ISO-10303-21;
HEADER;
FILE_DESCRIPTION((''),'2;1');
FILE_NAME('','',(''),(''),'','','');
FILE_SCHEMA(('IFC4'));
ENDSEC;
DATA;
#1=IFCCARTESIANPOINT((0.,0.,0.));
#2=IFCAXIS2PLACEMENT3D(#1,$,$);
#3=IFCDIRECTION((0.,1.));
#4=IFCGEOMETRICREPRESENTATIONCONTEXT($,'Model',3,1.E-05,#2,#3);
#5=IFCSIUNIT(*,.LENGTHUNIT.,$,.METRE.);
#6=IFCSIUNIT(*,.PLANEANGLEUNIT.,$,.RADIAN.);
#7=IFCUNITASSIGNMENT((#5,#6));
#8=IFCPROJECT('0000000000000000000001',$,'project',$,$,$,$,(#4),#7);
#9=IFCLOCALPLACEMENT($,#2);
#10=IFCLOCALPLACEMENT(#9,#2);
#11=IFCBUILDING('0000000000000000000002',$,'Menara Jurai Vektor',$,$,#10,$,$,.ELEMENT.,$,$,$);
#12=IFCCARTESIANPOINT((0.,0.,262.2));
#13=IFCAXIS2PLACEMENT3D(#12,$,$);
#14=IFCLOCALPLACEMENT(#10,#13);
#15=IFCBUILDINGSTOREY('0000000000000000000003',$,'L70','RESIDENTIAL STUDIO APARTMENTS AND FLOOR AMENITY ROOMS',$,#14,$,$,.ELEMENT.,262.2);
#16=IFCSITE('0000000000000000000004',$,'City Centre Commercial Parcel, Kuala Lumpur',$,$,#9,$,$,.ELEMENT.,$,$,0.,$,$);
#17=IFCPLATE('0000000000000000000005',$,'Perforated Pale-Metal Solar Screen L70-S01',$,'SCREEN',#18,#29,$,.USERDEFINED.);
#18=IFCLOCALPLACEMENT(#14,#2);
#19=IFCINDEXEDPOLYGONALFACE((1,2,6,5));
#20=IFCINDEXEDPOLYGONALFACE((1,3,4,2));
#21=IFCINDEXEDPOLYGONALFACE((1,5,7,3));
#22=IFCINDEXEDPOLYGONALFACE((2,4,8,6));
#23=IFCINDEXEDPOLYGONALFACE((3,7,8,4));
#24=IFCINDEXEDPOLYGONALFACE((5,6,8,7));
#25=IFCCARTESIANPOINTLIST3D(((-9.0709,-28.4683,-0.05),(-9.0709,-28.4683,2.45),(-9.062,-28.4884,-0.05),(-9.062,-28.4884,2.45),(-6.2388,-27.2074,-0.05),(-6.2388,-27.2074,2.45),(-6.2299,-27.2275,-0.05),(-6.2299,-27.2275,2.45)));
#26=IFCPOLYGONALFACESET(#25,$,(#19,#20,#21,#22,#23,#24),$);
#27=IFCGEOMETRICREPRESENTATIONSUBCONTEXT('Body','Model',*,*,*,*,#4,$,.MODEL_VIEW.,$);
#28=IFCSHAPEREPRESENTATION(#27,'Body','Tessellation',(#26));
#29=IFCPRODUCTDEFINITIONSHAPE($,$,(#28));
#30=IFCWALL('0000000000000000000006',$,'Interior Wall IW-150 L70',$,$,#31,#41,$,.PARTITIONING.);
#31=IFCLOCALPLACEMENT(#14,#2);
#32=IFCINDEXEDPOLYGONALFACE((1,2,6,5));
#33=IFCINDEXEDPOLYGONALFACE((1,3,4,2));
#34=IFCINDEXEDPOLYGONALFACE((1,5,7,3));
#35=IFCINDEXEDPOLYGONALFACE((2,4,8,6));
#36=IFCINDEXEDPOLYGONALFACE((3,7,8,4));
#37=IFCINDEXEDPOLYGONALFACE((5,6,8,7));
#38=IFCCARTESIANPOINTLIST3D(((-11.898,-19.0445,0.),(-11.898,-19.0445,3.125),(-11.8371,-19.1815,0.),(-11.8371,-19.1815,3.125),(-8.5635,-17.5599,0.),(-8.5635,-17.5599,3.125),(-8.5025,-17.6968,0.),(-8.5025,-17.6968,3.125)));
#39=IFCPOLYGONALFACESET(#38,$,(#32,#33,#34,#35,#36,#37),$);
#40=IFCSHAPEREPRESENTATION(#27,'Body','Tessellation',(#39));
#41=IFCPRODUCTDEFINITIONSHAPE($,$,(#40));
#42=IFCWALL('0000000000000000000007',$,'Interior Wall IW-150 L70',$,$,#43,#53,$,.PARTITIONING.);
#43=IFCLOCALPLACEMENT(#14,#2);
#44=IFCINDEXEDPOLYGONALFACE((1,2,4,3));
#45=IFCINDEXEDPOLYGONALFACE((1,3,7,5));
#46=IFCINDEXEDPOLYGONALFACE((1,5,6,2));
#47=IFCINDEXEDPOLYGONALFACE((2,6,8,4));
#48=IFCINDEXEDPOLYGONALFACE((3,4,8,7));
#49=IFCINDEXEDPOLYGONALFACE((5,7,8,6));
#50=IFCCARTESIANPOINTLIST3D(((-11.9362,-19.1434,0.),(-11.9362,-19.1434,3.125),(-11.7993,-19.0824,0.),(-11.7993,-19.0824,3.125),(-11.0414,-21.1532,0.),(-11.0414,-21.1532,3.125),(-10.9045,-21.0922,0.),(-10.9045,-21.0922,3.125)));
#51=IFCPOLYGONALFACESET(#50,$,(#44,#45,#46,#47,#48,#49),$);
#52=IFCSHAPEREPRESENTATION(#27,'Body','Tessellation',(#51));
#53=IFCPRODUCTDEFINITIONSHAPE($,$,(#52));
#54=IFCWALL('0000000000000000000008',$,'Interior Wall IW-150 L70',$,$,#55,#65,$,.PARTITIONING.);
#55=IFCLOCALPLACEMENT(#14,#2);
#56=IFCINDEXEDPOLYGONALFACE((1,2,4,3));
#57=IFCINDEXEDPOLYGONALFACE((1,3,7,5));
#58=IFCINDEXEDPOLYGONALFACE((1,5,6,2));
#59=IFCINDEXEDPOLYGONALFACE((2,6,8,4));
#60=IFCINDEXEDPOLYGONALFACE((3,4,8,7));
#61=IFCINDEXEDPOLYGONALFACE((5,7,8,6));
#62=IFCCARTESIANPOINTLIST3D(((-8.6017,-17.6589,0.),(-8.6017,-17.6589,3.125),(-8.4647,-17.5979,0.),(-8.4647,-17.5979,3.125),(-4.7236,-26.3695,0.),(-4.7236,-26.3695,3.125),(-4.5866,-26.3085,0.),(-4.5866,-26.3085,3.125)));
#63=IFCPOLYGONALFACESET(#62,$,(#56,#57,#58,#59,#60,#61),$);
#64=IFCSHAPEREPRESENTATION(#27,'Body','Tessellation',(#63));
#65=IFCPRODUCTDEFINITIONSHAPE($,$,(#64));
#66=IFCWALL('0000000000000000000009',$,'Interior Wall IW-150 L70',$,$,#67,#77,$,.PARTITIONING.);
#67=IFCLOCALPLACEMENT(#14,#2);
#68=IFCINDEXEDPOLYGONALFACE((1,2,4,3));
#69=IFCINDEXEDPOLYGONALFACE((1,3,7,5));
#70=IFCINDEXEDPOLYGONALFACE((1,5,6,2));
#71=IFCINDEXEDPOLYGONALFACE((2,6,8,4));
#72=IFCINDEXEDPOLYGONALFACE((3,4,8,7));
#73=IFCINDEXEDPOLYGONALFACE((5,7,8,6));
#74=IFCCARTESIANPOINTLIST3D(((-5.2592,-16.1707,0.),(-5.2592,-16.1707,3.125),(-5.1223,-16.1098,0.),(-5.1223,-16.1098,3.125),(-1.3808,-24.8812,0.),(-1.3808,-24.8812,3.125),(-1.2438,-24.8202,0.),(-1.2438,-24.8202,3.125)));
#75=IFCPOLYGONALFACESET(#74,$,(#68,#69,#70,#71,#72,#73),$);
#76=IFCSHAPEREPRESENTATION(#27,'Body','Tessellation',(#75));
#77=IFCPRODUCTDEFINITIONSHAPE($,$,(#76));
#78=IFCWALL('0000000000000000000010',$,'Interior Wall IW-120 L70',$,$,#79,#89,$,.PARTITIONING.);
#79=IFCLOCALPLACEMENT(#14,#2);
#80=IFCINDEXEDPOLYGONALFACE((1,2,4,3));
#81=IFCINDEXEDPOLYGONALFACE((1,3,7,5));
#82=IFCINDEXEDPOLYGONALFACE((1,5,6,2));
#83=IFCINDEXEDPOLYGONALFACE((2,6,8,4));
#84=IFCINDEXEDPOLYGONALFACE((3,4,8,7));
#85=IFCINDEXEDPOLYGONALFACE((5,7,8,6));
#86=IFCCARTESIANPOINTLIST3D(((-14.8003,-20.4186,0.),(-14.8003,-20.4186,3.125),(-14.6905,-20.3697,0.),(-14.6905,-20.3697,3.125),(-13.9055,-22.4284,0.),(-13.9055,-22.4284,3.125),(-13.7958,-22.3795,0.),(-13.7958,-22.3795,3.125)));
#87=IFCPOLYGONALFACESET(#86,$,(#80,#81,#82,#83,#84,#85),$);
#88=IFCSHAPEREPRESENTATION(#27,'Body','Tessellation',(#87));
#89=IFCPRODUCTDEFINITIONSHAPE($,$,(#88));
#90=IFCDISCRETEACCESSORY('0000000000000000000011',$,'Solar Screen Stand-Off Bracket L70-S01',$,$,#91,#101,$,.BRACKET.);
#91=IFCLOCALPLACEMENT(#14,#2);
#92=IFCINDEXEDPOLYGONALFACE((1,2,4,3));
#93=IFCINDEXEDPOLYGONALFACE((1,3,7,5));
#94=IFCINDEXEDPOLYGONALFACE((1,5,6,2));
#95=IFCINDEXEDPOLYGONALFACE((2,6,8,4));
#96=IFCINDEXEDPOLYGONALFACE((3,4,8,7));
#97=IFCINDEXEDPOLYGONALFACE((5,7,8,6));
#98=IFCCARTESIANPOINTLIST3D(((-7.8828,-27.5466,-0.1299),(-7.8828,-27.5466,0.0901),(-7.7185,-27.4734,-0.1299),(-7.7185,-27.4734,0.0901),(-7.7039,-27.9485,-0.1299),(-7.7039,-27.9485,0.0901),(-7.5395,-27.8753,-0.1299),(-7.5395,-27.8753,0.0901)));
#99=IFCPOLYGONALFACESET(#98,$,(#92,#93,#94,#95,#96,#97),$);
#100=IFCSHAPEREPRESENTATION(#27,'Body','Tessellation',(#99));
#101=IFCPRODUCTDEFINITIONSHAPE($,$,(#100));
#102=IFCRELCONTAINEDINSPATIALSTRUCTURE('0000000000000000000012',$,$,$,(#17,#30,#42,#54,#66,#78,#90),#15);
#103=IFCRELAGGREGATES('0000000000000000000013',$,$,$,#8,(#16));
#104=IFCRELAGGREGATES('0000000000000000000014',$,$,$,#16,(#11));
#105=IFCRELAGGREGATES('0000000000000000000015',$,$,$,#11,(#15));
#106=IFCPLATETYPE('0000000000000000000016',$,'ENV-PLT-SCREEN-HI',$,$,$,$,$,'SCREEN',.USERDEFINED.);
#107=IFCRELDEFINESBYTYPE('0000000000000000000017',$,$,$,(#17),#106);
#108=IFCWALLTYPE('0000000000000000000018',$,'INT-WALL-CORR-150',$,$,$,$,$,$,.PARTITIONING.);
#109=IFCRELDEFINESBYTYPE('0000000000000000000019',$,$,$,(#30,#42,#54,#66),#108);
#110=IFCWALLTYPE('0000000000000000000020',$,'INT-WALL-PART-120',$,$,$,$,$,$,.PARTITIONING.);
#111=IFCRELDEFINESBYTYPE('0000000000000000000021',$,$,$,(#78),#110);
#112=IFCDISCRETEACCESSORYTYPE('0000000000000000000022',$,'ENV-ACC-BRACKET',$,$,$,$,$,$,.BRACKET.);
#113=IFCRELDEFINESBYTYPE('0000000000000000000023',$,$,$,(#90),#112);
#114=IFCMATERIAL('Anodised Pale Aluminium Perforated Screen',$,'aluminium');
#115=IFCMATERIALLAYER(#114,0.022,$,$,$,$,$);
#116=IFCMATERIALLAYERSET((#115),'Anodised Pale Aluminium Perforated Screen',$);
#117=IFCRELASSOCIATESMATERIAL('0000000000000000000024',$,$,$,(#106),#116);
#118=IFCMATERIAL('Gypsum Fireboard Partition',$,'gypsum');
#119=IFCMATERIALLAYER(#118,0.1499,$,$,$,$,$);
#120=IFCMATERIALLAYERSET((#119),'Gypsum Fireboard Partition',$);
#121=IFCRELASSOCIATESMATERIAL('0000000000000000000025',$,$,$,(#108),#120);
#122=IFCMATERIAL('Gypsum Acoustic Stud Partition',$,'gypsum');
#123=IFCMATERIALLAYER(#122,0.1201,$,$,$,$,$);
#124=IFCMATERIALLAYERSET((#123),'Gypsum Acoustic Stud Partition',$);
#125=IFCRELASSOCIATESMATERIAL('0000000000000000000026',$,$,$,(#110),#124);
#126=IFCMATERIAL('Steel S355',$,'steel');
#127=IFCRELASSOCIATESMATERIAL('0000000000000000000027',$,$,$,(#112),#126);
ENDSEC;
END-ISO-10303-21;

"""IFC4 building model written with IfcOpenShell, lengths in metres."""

from ifc_helpers import new_model, si_unit, direction, frame, frame_2d, origin, origin_2d, place, context, subcontext, project, spatial, rectangle, extrude, material, layer, layer_set, type_object, element, save


model = new_model("IFC4")

# Units and contexts
model_context = context("Model", 3, precision=1e-05, world=origin(), true_north=direction((0.0, 1.0)))
body_context = subcontext(model_context, "Body", "Model", "MODEL_VIEW")
ifc_project = project(units=[si_unit("LENGTHUNIT", "METRE"), si_unit("PLANEANGLEUNIT", "RADIAN")], contexts=[model_context])

# Site, building, storey
site_placement = place(None, origin())
site = spatial("IfcSite", under=ifc_project, at=site_placement, Name="City Centre Commercial Parcel, Kuala Lumpur", CompositionType="ELEMENT", RefElevation=0.0)
building_placement = place(site_placement, origin())
building = spatial("IfcBuilding", under=site, at=building_placement, Name="Menara Jurai Vektor", CompositionType="ELEMENT")
storey_placement = place(building_placement, frame((0.0, 0.0, 262.2)))
storey = spatial("IfcBuildingStorey", under=building, at=storey_placement, Name="L70", Description="RESIDENTIAL STUDIO APARTMENTS AND FLOOR AMENITY ROOMS", CompositionType="ELEMENT", Elevation=262.2)

# Shared definitions
ifc_material_1 = material(Name="Steel S355", Category="steel")

# Plate
ifc_material_2 = material(Name="Anodised Pale Aluminium Perforated Screen", Category="aluminium")
ifc_layer_1 = layer(ifc_material_2, 0.022)
ifc_layer_set_1 = layer_set([ifc_layer_1], Name="Anodised Pale Aluminium Perforated Screen")
plate_type_1 = type_object("IfcPlateType", Name="ENV-PLT-SCREEN-HI", ElementType="SCREEN", PredefinedType="USERDEFINED", material=ifc_layer_set_1)
plate_1_placement = place(storey_placement, frame((-7.6504, -27.8479, -0.05), z_axis=(0.0, 0.0, 1.0), x_axis=(0.913545, 0.406737, 0.0)))
element("IfcPlate", 1, at=plate_1_placement, inside=storey, type_object=plate_type_1, Name="Perforated Pale-Metal Solar Screen L70-S01", ObjectType="SCREEN", PredefinedType="USERDEFINED", context=body_context, shape_type="SweptSolid", body=[
    extrude(rectangle(XDim=3.1001, YDim=0.022, at=origin_2d()), origin(), (0.0, 0.0, 1.0), 2.5),
])

# Walls
ifc_material_3 = material(Name="Gypsum Fireboard Partition", Category="gypsum")
ifc_layer_2 = layer(ifc_material_3, 0.1499)
ifc_layer_set_2 = layer_set([ifc_layer_2], Name="Gypsum Fireboard Partition")
wall_type_1 = type_object("IfcWallType", Name="INT-WALL-CORR-150", PredefinedType="PARTITIONING", material=ifc_layer_set_2)
wall_1_placement = place(storey_placement, frame((-11.8677, -19.113, 0.0), z_axis=(0.0, 0.0, 1.0), x_axis=(0.913544, 0.40674, 0.0)))
element("IfcWall", 2, at=wall_1_placement, inside=storey, type_object=wall_type_1, Name="Interior Wall IW-150 L70", PredefinedType="PARTITIONING", context=body_context, shape_type="SweptSolid", body=[
    extrude(rectangle(XDim=3.6501, YDim=0.1499, at=frame_2d((1.8252, 0.0))), origin(), (0.0, 0.0, 1.0), 3.125),
])
wall_2_placement = place(storey_placement, frame((-10.9729, -21.1228, 0.0), z_axis=(0.0, 0.0, 1.0), x_axis=(-0.406725, 0.913551, 0.0)))
element("IfcWall", 3, at=wall_2_placement, inside=storey, type_object=wall_type_1, Name="Interior Wall IW-150 L70", PredefinedType="PARTITIONING", context=body_context, shape_type="SweptSolid", body=[
    extrude(rectangle(XDim=2.2, YDim=0.1499, at=frame_2d((1.1001, 0.0))), origin(), (0.0, 0.0, 1.0), 3.125),
])
for number, where, z_axis, x_axis, name in (
    (4, (-4.655, -26.3391, 0.0), (0.0, 0.0, 1.0), (-0.40673, 0.913548, 0.0), "Interior Wall IW-150 L70"),
    (5, (-1.3123, -24.8508, 0.0), (0.0, 0.0, 1.0), (-0.406761, 0.913535, 0.0), "Interior Wall IW-150 L70"),
):
    element("IfcWall", number, at=place(storey_placement, frame(where, z_axis=z_axis, x_axis=x_axis)), inside=storey, type_object=wall_type_1, Name=name, PredefinedType="PARTITIONING", context=body_context, shape_type="SweptSolid", body=[
        extrude(rectangle(XDim=9.5349, YDim=0.1499, at=frame_2d((4.7676, 0.0))), origin(), (0.0, 0.0, 1.0), 3.125),
    ])
ifc_material_4 = material(Name="Gypsum Acoustic Stud Partition", Category="gypsum")
ifc_layer_3 = layer(ifc_material_4, 0.1201)
ifc_layer_set_3 = layer_set([ifc_layer_3], Name="Gypsum Acoustic Stud Partition")
wall_type_2 = type_object("IfcWallType", Name="INT-WALL-PART-120", PredefinedType="PARTITIONING", material=ifc_layer_set_3)
wall_3_placement = place(storey_placement, frame((-13.8506, -22.4041, 0.0), z_axis=(0.0, 0.0, 1.0), x_axis=(-0.406725, 0.913551, 0.0)))
element("IfcWall", 6, at=wall_3_placement, inside=storey, type_object=wall_type_2, Name="Interior Wall IW-120 L70", PredefinedType="PARTITIONING", context=body_context, shape_type="SweptSolid", body=[
    extrude(rectangle(XDim=2.2, YDim=0.1201, at=frame_2d((1.1001, 0.0))), origin(), (0.0, 0.0, 1.0), 3.125),
])

# Discrete accessory
discrete_accessory_type = type_object("IfcDiscreteAccessoryType", Name="ENV-ACC-BRACKET", PredefinedType="BRACKET", material=ifc_material_1)
discrete_accessory_placement = place(storey_placement, frame((-7.7112, -27.7109, -0.1299), z_axis=(0.0, 0.0, 1.0), x_axis=(0.913545, 0.406737, 0.0)))
element("IfcDiscreteAccessory", 7, at=discrete_accessory_placement, inside=storey, type_object=discrete_accessory_type, Name="Solar Screen Stand-Off Bracket L70-S01", PredefinedType="BRACKET", context=body_context, shape_type="SweptSolid", body=[
    extrude(rectangle(XDim=0.1799, YDim=0.4399, at=origin_2d()), origin(), (0.0, 0.0, 1.0), 0.22),
])

save(model, "model.ifc")
